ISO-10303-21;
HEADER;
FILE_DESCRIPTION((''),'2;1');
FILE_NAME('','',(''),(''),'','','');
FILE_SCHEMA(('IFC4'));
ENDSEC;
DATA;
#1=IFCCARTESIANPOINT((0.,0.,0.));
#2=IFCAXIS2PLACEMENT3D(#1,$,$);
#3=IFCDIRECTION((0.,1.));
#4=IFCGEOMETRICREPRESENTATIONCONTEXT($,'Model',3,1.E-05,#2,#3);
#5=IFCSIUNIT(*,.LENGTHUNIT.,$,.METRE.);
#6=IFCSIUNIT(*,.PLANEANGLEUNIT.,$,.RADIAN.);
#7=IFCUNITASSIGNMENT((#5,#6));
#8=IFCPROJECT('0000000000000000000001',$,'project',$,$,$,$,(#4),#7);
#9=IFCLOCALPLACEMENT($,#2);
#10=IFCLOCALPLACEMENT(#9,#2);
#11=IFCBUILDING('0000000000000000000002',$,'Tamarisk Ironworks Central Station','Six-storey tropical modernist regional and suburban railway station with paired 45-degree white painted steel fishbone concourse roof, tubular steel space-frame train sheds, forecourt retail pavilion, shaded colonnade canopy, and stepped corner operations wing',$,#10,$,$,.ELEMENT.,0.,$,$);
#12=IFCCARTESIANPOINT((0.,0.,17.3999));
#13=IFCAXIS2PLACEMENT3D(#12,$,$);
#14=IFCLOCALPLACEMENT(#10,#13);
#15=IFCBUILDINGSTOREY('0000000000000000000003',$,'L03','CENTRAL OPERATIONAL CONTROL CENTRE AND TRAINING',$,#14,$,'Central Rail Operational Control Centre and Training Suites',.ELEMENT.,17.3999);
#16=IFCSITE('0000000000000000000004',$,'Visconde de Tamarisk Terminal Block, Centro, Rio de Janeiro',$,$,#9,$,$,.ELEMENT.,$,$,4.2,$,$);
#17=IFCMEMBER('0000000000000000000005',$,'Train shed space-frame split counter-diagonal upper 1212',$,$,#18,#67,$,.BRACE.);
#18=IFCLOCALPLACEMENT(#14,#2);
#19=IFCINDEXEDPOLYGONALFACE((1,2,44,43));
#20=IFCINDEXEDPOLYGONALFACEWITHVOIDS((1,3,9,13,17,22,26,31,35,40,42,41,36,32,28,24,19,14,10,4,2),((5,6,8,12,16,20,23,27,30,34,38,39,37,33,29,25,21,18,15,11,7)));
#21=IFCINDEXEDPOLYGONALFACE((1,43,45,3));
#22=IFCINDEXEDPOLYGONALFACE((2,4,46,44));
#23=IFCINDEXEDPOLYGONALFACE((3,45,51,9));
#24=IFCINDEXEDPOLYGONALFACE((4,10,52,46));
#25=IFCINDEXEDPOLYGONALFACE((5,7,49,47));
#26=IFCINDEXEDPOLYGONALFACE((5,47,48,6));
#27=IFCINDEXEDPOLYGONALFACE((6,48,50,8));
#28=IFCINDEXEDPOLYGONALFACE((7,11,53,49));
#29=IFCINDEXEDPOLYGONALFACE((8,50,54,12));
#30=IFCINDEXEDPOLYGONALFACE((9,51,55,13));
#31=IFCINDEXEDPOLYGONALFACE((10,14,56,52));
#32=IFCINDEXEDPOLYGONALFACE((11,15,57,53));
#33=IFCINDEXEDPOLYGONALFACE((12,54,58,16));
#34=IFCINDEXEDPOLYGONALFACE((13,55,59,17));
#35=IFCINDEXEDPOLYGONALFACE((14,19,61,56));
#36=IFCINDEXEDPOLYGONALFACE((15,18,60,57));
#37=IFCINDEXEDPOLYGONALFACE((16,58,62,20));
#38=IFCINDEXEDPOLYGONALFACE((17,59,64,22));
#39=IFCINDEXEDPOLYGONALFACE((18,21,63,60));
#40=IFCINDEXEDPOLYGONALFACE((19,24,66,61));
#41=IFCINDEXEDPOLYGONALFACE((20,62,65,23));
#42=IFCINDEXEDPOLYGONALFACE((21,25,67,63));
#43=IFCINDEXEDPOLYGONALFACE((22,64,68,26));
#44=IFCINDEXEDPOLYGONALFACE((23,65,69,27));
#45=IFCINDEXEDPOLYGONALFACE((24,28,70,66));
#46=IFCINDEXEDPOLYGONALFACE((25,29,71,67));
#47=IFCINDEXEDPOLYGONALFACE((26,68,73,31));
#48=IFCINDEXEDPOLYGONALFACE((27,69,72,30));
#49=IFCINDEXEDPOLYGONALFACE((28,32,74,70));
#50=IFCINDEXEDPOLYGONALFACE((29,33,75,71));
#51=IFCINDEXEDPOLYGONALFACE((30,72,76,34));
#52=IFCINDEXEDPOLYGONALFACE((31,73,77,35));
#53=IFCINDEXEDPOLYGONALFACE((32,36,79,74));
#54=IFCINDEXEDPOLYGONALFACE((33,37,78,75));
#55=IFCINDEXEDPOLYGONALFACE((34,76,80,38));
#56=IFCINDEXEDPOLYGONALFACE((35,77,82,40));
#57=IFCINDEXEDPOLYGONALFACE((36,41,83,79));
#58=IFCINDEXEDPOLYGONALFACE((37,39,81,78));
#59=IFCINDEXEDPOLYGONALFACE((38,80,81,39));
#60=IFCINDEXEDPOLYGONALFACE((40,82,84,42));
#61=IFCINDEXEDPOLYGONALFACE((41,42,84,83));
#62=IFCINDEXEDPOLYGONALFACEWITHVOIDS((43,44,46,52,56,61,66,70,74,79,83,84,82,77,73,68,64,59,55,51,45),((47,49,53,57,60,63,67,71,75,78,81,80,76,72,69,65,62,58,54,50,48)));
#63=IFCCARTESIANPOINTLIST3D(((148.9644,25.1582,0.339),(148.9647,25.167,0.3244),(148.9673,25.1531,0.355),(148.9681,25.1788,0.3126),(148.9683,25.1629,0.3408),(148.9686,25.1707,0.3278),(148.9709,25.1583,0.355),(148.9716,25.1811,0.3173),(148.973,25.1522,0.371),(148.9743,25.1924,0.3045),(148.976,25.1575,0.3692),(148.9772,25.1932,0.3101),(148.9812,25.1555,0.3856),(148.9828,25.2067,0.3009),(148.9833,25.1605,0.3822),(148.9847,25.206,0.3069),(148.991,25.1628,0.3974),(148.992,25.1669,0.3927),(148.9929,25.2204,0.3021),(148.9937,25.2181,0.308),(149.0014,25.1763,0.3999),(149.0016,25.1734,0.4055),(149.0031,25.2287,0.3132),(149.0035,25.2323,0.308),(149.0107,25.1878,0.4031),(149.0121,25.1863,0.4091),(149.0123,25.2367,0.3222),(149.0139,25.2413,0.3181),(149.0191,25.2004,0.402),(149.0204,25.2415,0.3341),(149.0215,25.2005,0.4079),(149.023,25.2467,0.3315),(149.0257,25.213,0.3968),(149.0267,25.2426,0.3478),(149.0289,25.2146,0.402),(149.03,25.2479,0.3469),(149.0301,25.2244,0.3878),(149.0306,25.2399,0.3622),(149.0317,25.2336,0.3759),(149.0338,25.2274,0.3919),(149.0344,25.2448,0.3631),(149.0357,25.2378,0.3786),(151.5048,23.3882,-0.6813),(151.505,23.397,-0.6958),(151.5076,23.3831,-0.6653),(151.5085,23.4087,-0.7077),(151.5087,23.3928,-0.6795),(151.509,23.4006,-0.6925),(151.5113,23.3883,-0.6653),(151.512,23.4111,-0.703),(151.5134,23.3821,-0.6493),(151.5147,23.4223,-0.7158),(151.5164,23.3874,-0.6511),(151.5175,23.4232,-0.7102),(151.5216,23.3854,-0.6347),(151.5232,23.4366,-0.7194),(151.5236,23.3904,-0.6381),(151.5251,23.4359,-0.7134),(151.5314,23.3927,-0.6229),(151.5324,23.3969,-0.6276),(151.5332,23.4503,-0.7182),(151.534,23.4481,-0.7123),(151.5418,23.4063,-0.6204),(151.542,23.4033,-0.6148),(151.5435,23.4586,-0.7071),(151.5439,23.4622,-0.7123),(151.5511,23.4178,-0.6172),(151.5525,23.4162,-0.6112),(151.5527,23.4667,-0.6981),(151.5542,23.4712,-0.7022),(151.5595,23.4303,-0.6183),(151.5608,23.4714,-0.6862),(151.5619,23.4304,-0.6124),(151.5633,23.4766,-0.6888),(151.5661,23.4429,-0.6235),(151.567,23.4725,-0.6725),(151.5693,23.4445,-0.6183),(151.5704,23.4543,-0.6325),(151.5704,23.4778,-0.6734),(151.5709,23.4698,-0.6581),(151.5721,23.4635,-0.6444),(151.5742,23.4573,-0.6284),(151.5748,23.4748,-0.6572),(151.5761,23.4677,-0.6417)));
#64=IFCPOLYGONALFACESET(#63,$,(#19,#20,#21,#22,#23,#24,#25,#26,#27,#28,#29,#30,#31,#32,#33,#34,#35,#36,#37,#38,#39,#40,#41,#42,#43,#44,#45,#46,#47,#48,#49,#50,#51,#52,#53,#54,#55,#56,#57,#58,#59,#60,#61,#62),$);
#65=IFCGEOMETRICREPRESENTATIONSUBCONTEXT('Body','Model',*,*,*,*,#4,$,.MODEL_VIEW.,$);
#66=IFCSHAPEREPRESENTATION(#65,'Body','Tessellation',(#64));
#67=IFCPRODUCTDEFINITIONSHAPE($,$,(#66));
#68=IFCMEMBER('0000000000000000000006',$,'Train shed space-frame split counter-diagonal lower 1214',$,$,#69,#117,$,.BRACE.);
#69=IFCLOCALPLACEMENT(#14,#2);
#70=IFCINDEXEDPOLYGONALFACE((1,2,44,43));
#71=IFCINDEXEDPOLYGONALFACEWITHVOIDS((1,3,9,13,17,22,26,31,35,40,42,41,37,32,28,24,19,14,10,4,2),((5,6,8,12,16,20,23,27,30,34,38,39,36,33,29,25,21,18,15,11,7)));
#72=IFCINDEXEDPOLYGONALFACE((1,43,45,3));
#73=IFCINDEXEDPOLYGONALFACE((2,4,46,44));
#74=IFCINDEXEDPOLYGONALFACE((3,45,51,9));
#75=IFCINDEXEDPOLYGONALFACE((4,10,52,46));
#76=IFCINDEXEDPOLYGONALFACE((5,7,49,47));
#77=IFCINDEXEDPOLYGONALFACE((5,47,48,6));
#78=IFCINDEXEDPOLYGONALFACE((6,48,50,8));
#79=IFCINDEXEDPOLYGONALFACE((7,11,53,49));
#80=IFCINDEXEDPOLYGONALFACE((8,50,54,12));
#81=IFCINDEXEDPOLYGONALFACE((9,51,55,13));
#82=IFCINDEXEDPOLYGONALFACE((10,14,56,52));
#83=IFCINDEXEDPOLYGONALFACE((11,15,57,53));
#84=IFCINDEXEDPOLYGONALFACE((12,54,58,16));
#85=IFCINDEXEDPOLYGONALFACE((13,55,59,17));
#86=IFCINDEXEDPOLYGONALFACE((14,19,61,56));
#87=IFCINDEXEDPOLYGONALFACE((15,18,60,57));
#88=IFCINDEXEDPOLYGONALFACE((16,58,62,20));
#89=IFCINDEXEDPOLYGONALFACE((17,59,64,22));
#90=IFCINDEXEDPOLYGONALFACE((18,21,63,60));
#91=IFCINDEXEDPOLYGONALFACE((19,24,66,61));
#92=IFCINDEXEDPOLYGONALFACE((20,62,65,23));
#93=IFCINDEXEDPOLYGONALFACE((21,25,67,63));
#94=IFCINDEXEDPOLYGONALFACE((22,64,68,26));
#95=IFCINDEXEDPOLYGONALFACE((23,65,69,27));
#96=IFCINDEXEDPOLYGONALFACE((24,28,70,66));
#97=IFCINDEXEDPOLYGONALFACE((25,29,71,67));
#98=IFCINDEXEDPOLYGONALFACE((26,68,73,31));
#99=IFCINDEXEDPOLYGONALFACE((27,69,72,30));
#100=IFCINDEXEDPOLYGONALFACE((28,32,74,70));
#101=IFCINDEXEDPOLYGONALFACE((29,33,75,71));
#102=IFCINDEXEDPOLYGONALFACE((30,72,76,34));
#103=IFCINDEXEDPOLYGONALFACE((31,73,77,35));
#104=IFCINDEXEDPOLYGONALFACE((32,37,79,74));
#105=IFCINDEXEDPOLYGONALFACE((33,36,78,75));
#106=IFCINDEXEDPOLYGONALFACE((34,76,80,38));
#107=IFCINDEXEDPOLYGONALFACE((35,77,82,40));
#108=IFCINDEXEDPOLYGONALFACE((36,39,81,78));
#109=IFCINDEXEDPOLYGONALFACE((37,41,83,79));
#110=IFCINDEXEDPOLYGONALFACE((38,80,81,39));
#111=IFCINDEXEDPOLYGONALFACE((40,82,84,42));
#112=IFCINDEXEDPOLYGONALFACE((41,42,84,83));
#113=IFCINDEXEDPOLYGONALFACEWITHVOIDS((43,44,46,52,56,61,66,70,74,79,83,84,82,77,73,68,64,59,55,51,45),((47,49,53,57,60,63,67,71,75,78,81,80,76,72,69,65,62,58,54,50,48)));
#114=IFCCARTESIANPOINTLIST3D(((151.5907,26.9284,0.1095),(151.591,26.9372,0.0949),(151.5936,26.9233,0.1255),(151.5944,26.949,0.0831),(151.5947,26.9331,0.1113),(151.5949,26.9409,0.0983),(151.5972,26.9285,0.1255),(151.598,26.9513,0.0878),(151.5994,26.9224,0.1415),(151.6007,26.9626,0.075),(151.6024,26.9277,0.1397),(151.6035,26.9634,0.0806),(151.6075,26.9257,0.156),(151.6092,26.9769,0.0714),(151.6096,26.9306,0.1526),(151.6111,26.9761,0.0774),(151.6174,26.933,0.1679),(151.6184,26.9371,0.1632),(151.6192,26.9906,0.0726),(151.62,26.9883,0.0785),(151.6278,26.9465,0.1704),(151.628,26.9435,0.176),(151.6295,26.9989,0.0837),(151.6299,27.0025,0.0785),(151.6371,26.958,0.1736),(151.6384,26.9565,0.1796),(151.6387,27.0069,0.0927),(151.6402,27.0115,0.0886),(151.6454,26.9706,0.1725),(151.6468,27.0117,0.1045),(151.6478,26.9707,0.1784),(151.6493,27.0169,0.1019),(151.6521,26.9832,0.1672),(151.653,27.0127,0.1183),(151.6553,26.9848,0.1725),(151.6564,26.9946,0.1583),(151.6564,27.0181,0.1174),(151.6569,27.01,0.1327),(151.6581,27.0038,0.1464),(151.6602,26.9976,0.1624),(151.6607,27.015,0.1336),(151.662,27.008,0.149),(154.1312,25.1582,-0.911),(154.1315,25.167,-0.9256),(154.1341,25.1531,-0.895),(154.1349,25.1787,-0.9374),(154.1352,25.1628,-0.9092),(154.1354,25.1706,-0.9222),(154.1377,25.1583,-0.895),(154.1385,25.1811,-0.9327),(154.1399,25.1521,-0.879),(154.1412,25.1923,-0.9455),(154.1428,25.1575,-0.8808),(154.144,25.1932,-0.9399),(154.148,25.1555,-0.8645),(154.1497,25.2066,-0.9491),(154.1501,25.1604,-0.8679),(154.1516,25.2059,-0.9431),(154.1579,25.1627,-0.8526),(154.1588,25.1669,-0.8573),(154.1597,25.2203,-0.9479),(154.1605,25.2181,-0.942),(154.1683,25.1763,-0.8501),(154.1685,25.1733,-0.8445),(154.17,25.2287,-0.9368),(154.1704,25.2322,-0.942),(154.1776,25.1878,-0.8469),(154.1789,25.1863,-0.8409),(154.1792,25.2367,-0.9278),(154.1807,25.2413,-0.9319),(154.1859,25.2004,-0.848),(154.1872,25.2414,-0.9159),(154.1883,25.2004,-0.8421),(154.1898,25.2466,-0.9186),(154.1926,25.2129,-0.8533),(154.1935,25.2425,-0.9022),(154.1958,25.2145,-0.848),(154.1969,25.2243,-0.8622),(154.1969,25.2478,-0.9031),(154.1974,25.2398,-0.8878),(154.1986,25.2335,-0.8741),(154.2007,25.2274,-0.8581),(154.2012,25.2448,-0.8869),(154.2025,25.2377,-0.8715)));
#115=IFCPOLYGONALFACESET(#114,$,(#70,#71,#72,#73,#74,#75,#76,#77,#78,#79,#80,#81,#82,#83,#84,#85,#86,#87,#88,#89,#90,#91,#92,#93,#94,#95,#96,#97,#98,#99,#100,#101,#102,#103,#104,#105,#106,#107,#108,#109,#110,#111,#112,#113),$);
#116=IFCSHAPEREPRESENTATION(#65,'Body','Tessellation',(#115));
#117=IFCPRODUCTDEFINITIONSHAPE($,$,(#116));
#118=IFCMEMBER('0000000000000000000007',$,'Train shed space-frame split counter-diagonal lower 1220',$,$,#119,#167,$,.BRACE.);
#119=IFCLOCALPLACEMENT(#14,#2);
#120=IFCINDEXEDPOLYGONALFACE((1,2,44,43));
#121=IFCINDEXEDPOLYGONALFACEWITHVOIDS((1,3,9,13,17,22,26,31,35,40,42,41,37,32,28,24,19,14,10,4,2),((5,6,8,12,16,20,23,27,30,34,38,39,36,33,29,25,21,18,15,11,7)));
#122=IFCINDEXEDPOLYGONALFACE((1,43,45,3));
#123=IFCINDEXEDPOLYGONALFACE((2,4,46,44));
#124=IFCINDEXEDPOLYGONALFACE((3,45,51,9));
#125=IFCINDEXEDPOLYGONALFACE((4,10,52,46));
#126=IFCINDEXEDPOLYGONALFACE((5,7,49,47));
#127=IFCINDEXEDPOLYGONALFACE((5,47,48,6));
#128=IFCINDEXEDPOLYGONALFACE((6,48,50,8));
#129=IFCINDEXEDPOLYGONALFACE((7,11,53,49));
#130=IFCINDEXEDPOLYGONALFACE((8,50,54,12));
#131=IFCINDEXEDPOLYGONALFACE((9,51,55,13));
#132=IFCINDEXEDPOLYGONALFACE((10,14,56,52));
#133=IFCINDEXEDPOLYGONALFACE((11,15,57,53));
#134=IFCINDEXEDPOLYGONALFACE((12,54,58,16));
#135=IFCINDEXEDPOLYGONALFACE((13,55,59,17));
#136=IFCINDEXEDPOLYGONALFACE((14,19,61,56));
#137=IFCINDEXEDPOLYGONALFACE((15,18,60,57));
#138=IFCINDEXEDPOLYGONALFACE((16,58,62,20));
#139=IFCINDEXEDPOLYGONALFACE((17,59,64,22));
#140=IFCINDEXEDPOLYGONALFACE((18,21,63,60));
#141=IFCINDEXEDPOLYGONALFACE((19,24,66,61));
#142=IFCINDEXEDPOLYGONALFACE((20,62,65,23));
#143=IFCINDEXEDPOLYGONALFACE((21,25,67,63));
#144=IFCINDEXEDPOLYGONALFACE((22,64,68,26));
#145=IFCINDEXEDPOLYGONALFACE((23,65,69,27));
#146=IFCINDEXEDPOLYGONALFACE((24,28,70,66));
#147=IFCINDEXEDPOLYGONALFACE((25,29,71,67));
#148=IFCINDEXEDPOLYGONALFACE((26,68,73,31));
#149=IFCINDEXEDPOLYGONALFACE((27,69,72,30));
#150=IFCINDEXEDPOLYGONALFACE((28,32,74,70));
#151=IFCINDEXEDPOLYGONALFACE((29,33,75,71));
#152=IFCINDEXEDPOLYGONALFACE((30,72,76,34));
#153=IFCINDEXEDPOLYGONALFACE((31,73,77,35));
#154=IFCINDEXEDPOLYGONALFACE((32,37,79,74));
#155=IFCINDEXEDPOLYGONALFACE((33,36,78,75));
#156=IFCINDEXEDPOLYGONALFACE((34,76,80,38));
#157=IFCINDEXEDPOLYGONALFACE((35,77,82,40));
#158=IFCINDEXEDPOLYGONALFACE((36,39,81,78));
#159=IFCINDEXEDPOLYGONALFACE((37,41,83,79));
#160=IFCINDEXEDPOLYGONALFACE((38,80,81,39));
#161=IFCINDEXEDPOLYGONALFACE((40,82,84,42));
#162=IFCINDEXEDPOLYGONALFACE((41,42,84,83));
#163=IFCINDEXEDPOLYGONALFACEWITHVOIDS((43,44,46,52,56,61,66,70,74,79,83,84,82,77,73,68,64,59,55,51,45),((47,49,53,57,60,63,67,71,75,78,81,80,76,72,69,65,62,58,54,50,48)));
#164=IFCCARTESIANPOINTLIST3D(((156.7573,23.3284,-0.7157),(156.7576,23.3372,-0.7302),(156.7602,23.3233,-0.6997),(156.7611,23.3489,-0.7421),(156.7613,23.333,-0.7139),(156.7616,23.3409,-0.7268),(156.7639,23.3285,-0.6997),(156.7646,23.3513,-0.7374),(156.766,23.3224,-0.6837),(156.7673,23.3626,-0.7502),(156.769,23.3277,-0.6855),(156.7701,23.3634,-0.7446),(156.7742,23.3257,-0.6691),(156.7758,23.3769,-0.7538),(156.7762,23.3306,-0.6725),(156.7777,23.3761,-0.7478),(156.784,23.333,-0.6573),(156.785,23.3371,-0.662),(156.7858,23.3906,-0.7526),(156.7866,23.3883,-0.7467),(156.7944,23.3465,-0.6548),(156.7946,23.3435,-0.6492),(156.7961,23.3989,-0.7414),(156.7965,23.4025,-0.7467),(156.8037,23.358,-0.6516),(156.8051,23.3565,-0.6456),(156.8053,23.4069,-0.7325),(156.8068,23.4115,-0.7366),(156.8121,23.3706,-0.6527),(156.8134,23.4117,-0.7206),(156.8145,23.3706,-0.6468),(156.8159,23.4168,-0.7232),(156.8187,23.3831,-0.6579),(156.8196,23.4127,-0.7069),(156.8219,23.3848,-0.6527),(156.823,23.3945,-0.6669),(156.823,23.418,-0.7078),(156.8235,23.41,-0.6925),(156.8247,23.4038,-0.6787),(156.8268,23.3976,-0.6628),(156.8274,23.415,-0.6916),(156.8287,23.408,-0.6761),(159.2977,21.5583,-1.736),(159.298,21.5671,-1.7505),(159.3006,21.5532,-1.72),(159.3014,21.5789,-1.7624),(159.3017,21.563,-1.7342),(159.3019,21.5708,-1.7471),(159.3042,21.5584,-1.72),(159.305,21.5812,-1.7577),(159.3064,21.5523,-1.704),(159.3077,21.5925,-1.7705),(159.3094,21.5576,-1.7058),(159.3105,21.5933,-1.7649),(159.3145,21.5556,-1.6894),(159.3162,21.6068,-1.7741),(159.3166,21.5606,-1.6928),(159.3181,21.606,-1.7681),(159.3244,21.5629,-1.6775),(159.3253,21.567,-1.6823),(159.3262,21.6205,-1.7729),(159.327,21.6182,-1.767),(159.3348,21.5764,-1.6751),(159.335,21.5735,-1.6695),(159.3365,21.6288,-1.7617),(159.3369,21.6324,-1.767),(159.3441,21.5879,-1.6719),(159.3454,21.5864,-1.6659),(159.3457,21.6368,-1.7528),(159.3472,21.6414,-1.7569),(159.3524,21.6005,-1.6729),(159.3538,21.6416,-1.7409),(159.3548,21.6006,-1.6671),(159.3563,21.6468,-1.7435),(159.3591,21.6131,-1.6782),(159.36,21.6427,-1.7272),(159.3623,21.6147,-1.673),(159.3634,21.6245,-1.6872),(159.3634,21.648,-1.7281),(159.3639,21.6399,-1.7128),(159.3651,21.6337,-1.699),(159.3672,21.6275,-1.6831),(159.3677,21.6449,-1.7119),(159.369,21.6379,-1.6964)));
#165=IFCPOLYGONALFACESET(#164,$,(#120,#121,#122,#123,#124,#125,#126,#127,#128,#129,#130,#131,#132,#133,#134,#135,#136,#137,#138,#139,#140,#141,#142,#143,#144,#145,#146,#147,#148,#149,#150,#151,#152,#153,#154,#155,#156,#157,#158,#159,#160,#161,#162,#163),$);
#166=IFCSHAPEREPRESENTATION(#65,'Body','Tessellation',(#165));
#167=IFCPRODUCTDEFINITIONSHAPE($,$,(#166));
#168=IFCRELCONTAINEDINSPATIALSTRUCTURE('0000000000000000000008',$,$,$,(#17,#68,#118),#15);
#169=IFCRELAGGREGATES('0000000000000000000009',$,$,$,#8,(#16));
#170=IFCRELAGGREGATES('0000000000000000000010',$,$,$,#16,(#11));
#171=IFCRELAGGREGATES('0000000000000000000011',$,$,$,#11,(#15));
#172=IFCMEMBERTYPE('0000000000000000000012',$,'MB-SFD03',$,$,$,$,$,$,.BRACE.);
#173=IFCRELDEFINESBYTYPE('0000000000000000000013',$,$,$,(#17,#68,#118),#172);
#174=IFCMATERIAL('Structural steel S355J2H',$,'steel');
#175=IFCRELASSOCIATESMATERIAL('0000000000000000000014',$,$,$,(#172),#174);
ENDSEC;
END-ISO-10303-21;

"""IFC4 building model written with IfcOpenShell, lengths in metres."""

from ifc_helpers import new_model, si_unit, direction, frame, origin, origin_2d, place, context, subcontext, project, spatial, hollow_circle, extrude, material, material_profile, profile_set, type_object, element, save


model = new_model("IFC4")

# Units and contexts
model_context = context("Model", 3, precision=1e-05, world=origin(), true_north=direction((0.0, 1.0)))
body_context = subcontext(model_context, "Body", "Model", "MODEL_VIEW")
ifc_project = project(units=[si_unit("LENGTHUNIT", "METRE"), si_unit("PLANEANGLEUNIT", "RADIAN")], contexts=[model_context])

# Site, building, storey
site_placement = place(None, origin())
site = spatial("IfcSite", under=ifc_project, at=site_placement, Name="Visconde de Tamarisk Terminal Block, Centro, Rio de Janeiro", CompositionType="ELEMENT", RefElevation=4.2)
building_placement = place(site_placement, origin())
building = spatial("IfcBuilding", under=site, at=building_placement, Name="Tamarisk Ironworks Central Station", Description="Six-storey tropical modernist regional and suburban railway station with paired 45-degree white painted steel fishbone concourse roof, tubular steel space-frame train sheds, forecourt retail pavilion, shaded colonnade canopy, and stepped corner operations wing", CompositionType="ELEMENT", ElevationOfRefHeight=0.0)
storey_placement = place(building_placement, frame((0.0, 0.0, 17.3999)))
storey = spatial("IfcBuildingStorey", under=building, at=storey_placement, Name="L03", Description="CENTRAL OPERATIONAL CONTROL CENTRE AND TRAINING", LongName="Central Rail Operational Control Centre and Training Suites", CompositionType="ELEMENT", Elevation=17.3999)

# Members
ifc_material_1 = material(Name="Structural steel S355J2H", Category="steel")
ifc_material_profile_1 = material_profile(ifc_material_1, hollow_circle(Radius=0.0571, WallThickness=0.0063, at=origin_2d()), Name="CHS 114.3x6.3")
ifc_profile_set_1 = profile_set([ifc_material_profile_1], Name="Structural steel S355J2H")
member_type_1 = type_object("IfcMemberType", Name="MB-SFD03", PredefinedType="BRACE", material=ifc_profile_set_1)
for number, where, z_axis, x_axis, name in (
    (1, (151.5403, 23.4299, -0.6653), (-0.779252, 0.542967, 0.312974), (-0.571688, -0.820471, 0.0), "Train shed space-frame split counter-diagonal upper 1212"),
):
    element("IfcMember", number, at=place(storey_placement, frame(where, z_axis=z_axis, x_axis=x_axis)), inside=storey, type_object=member_type_1, Name=name, PredefinedType="BRACE", context=body_context, shape_type="SweptSolid", body=[
        extrude(hollow_circle(Radius=0.0571, WallThickness=0.0063, at=origin_2d()), origin(), (0.0, 0.0, 1.0), 3.26),
    ])
member_1_placement = place(storey_placement, frame((154.1667, 25.2, -0.895), z_axis=(-0.779231, 0.542976, 0.313011), x_axis=(-0.571704, -0.82046, 0.0)))
element("IfcMember", 2, at=member_1_placement, inside=storey, type_object=member_type_1, Name="Train shed space-frame split counter-diagonal lower 1214", PredefinedType="BRACE", context=body_context, shape_type="SweptSolid", body=[
    extrude(hollow_circle(Radius=0.0571, WallThickness=0.0063, at=origin_2d()), origin(), (0.0, 0.0, 1.0), 3.2603),
])
for number, where, z_axis, x_axis, name in (
    (3, (159.3333, 21.6001, -1.72), (-0.779252, 0.542967, 0.312974), (-0.571688, -0.820471, 0.0), "Train shed space-frame split counter-diagonal lower 1220"),
):
    element("IfcMember", number, at=place(storey_placement, frame(where, z_axis=z_axis, x_axis=x_axis)), inside=storey, type_object=member_type_1, Name=name, PredefinedType="BRACE", context=body_context, shape_type="SweptSolid", body=[
        extrude(hollow_circle(Radius=0.0571, WallThickness=0.0063, at=origin_2d()), origin(), (0.0, 0.0, 1.0), 3.26),
    ])

save(model, "model.ifc")
